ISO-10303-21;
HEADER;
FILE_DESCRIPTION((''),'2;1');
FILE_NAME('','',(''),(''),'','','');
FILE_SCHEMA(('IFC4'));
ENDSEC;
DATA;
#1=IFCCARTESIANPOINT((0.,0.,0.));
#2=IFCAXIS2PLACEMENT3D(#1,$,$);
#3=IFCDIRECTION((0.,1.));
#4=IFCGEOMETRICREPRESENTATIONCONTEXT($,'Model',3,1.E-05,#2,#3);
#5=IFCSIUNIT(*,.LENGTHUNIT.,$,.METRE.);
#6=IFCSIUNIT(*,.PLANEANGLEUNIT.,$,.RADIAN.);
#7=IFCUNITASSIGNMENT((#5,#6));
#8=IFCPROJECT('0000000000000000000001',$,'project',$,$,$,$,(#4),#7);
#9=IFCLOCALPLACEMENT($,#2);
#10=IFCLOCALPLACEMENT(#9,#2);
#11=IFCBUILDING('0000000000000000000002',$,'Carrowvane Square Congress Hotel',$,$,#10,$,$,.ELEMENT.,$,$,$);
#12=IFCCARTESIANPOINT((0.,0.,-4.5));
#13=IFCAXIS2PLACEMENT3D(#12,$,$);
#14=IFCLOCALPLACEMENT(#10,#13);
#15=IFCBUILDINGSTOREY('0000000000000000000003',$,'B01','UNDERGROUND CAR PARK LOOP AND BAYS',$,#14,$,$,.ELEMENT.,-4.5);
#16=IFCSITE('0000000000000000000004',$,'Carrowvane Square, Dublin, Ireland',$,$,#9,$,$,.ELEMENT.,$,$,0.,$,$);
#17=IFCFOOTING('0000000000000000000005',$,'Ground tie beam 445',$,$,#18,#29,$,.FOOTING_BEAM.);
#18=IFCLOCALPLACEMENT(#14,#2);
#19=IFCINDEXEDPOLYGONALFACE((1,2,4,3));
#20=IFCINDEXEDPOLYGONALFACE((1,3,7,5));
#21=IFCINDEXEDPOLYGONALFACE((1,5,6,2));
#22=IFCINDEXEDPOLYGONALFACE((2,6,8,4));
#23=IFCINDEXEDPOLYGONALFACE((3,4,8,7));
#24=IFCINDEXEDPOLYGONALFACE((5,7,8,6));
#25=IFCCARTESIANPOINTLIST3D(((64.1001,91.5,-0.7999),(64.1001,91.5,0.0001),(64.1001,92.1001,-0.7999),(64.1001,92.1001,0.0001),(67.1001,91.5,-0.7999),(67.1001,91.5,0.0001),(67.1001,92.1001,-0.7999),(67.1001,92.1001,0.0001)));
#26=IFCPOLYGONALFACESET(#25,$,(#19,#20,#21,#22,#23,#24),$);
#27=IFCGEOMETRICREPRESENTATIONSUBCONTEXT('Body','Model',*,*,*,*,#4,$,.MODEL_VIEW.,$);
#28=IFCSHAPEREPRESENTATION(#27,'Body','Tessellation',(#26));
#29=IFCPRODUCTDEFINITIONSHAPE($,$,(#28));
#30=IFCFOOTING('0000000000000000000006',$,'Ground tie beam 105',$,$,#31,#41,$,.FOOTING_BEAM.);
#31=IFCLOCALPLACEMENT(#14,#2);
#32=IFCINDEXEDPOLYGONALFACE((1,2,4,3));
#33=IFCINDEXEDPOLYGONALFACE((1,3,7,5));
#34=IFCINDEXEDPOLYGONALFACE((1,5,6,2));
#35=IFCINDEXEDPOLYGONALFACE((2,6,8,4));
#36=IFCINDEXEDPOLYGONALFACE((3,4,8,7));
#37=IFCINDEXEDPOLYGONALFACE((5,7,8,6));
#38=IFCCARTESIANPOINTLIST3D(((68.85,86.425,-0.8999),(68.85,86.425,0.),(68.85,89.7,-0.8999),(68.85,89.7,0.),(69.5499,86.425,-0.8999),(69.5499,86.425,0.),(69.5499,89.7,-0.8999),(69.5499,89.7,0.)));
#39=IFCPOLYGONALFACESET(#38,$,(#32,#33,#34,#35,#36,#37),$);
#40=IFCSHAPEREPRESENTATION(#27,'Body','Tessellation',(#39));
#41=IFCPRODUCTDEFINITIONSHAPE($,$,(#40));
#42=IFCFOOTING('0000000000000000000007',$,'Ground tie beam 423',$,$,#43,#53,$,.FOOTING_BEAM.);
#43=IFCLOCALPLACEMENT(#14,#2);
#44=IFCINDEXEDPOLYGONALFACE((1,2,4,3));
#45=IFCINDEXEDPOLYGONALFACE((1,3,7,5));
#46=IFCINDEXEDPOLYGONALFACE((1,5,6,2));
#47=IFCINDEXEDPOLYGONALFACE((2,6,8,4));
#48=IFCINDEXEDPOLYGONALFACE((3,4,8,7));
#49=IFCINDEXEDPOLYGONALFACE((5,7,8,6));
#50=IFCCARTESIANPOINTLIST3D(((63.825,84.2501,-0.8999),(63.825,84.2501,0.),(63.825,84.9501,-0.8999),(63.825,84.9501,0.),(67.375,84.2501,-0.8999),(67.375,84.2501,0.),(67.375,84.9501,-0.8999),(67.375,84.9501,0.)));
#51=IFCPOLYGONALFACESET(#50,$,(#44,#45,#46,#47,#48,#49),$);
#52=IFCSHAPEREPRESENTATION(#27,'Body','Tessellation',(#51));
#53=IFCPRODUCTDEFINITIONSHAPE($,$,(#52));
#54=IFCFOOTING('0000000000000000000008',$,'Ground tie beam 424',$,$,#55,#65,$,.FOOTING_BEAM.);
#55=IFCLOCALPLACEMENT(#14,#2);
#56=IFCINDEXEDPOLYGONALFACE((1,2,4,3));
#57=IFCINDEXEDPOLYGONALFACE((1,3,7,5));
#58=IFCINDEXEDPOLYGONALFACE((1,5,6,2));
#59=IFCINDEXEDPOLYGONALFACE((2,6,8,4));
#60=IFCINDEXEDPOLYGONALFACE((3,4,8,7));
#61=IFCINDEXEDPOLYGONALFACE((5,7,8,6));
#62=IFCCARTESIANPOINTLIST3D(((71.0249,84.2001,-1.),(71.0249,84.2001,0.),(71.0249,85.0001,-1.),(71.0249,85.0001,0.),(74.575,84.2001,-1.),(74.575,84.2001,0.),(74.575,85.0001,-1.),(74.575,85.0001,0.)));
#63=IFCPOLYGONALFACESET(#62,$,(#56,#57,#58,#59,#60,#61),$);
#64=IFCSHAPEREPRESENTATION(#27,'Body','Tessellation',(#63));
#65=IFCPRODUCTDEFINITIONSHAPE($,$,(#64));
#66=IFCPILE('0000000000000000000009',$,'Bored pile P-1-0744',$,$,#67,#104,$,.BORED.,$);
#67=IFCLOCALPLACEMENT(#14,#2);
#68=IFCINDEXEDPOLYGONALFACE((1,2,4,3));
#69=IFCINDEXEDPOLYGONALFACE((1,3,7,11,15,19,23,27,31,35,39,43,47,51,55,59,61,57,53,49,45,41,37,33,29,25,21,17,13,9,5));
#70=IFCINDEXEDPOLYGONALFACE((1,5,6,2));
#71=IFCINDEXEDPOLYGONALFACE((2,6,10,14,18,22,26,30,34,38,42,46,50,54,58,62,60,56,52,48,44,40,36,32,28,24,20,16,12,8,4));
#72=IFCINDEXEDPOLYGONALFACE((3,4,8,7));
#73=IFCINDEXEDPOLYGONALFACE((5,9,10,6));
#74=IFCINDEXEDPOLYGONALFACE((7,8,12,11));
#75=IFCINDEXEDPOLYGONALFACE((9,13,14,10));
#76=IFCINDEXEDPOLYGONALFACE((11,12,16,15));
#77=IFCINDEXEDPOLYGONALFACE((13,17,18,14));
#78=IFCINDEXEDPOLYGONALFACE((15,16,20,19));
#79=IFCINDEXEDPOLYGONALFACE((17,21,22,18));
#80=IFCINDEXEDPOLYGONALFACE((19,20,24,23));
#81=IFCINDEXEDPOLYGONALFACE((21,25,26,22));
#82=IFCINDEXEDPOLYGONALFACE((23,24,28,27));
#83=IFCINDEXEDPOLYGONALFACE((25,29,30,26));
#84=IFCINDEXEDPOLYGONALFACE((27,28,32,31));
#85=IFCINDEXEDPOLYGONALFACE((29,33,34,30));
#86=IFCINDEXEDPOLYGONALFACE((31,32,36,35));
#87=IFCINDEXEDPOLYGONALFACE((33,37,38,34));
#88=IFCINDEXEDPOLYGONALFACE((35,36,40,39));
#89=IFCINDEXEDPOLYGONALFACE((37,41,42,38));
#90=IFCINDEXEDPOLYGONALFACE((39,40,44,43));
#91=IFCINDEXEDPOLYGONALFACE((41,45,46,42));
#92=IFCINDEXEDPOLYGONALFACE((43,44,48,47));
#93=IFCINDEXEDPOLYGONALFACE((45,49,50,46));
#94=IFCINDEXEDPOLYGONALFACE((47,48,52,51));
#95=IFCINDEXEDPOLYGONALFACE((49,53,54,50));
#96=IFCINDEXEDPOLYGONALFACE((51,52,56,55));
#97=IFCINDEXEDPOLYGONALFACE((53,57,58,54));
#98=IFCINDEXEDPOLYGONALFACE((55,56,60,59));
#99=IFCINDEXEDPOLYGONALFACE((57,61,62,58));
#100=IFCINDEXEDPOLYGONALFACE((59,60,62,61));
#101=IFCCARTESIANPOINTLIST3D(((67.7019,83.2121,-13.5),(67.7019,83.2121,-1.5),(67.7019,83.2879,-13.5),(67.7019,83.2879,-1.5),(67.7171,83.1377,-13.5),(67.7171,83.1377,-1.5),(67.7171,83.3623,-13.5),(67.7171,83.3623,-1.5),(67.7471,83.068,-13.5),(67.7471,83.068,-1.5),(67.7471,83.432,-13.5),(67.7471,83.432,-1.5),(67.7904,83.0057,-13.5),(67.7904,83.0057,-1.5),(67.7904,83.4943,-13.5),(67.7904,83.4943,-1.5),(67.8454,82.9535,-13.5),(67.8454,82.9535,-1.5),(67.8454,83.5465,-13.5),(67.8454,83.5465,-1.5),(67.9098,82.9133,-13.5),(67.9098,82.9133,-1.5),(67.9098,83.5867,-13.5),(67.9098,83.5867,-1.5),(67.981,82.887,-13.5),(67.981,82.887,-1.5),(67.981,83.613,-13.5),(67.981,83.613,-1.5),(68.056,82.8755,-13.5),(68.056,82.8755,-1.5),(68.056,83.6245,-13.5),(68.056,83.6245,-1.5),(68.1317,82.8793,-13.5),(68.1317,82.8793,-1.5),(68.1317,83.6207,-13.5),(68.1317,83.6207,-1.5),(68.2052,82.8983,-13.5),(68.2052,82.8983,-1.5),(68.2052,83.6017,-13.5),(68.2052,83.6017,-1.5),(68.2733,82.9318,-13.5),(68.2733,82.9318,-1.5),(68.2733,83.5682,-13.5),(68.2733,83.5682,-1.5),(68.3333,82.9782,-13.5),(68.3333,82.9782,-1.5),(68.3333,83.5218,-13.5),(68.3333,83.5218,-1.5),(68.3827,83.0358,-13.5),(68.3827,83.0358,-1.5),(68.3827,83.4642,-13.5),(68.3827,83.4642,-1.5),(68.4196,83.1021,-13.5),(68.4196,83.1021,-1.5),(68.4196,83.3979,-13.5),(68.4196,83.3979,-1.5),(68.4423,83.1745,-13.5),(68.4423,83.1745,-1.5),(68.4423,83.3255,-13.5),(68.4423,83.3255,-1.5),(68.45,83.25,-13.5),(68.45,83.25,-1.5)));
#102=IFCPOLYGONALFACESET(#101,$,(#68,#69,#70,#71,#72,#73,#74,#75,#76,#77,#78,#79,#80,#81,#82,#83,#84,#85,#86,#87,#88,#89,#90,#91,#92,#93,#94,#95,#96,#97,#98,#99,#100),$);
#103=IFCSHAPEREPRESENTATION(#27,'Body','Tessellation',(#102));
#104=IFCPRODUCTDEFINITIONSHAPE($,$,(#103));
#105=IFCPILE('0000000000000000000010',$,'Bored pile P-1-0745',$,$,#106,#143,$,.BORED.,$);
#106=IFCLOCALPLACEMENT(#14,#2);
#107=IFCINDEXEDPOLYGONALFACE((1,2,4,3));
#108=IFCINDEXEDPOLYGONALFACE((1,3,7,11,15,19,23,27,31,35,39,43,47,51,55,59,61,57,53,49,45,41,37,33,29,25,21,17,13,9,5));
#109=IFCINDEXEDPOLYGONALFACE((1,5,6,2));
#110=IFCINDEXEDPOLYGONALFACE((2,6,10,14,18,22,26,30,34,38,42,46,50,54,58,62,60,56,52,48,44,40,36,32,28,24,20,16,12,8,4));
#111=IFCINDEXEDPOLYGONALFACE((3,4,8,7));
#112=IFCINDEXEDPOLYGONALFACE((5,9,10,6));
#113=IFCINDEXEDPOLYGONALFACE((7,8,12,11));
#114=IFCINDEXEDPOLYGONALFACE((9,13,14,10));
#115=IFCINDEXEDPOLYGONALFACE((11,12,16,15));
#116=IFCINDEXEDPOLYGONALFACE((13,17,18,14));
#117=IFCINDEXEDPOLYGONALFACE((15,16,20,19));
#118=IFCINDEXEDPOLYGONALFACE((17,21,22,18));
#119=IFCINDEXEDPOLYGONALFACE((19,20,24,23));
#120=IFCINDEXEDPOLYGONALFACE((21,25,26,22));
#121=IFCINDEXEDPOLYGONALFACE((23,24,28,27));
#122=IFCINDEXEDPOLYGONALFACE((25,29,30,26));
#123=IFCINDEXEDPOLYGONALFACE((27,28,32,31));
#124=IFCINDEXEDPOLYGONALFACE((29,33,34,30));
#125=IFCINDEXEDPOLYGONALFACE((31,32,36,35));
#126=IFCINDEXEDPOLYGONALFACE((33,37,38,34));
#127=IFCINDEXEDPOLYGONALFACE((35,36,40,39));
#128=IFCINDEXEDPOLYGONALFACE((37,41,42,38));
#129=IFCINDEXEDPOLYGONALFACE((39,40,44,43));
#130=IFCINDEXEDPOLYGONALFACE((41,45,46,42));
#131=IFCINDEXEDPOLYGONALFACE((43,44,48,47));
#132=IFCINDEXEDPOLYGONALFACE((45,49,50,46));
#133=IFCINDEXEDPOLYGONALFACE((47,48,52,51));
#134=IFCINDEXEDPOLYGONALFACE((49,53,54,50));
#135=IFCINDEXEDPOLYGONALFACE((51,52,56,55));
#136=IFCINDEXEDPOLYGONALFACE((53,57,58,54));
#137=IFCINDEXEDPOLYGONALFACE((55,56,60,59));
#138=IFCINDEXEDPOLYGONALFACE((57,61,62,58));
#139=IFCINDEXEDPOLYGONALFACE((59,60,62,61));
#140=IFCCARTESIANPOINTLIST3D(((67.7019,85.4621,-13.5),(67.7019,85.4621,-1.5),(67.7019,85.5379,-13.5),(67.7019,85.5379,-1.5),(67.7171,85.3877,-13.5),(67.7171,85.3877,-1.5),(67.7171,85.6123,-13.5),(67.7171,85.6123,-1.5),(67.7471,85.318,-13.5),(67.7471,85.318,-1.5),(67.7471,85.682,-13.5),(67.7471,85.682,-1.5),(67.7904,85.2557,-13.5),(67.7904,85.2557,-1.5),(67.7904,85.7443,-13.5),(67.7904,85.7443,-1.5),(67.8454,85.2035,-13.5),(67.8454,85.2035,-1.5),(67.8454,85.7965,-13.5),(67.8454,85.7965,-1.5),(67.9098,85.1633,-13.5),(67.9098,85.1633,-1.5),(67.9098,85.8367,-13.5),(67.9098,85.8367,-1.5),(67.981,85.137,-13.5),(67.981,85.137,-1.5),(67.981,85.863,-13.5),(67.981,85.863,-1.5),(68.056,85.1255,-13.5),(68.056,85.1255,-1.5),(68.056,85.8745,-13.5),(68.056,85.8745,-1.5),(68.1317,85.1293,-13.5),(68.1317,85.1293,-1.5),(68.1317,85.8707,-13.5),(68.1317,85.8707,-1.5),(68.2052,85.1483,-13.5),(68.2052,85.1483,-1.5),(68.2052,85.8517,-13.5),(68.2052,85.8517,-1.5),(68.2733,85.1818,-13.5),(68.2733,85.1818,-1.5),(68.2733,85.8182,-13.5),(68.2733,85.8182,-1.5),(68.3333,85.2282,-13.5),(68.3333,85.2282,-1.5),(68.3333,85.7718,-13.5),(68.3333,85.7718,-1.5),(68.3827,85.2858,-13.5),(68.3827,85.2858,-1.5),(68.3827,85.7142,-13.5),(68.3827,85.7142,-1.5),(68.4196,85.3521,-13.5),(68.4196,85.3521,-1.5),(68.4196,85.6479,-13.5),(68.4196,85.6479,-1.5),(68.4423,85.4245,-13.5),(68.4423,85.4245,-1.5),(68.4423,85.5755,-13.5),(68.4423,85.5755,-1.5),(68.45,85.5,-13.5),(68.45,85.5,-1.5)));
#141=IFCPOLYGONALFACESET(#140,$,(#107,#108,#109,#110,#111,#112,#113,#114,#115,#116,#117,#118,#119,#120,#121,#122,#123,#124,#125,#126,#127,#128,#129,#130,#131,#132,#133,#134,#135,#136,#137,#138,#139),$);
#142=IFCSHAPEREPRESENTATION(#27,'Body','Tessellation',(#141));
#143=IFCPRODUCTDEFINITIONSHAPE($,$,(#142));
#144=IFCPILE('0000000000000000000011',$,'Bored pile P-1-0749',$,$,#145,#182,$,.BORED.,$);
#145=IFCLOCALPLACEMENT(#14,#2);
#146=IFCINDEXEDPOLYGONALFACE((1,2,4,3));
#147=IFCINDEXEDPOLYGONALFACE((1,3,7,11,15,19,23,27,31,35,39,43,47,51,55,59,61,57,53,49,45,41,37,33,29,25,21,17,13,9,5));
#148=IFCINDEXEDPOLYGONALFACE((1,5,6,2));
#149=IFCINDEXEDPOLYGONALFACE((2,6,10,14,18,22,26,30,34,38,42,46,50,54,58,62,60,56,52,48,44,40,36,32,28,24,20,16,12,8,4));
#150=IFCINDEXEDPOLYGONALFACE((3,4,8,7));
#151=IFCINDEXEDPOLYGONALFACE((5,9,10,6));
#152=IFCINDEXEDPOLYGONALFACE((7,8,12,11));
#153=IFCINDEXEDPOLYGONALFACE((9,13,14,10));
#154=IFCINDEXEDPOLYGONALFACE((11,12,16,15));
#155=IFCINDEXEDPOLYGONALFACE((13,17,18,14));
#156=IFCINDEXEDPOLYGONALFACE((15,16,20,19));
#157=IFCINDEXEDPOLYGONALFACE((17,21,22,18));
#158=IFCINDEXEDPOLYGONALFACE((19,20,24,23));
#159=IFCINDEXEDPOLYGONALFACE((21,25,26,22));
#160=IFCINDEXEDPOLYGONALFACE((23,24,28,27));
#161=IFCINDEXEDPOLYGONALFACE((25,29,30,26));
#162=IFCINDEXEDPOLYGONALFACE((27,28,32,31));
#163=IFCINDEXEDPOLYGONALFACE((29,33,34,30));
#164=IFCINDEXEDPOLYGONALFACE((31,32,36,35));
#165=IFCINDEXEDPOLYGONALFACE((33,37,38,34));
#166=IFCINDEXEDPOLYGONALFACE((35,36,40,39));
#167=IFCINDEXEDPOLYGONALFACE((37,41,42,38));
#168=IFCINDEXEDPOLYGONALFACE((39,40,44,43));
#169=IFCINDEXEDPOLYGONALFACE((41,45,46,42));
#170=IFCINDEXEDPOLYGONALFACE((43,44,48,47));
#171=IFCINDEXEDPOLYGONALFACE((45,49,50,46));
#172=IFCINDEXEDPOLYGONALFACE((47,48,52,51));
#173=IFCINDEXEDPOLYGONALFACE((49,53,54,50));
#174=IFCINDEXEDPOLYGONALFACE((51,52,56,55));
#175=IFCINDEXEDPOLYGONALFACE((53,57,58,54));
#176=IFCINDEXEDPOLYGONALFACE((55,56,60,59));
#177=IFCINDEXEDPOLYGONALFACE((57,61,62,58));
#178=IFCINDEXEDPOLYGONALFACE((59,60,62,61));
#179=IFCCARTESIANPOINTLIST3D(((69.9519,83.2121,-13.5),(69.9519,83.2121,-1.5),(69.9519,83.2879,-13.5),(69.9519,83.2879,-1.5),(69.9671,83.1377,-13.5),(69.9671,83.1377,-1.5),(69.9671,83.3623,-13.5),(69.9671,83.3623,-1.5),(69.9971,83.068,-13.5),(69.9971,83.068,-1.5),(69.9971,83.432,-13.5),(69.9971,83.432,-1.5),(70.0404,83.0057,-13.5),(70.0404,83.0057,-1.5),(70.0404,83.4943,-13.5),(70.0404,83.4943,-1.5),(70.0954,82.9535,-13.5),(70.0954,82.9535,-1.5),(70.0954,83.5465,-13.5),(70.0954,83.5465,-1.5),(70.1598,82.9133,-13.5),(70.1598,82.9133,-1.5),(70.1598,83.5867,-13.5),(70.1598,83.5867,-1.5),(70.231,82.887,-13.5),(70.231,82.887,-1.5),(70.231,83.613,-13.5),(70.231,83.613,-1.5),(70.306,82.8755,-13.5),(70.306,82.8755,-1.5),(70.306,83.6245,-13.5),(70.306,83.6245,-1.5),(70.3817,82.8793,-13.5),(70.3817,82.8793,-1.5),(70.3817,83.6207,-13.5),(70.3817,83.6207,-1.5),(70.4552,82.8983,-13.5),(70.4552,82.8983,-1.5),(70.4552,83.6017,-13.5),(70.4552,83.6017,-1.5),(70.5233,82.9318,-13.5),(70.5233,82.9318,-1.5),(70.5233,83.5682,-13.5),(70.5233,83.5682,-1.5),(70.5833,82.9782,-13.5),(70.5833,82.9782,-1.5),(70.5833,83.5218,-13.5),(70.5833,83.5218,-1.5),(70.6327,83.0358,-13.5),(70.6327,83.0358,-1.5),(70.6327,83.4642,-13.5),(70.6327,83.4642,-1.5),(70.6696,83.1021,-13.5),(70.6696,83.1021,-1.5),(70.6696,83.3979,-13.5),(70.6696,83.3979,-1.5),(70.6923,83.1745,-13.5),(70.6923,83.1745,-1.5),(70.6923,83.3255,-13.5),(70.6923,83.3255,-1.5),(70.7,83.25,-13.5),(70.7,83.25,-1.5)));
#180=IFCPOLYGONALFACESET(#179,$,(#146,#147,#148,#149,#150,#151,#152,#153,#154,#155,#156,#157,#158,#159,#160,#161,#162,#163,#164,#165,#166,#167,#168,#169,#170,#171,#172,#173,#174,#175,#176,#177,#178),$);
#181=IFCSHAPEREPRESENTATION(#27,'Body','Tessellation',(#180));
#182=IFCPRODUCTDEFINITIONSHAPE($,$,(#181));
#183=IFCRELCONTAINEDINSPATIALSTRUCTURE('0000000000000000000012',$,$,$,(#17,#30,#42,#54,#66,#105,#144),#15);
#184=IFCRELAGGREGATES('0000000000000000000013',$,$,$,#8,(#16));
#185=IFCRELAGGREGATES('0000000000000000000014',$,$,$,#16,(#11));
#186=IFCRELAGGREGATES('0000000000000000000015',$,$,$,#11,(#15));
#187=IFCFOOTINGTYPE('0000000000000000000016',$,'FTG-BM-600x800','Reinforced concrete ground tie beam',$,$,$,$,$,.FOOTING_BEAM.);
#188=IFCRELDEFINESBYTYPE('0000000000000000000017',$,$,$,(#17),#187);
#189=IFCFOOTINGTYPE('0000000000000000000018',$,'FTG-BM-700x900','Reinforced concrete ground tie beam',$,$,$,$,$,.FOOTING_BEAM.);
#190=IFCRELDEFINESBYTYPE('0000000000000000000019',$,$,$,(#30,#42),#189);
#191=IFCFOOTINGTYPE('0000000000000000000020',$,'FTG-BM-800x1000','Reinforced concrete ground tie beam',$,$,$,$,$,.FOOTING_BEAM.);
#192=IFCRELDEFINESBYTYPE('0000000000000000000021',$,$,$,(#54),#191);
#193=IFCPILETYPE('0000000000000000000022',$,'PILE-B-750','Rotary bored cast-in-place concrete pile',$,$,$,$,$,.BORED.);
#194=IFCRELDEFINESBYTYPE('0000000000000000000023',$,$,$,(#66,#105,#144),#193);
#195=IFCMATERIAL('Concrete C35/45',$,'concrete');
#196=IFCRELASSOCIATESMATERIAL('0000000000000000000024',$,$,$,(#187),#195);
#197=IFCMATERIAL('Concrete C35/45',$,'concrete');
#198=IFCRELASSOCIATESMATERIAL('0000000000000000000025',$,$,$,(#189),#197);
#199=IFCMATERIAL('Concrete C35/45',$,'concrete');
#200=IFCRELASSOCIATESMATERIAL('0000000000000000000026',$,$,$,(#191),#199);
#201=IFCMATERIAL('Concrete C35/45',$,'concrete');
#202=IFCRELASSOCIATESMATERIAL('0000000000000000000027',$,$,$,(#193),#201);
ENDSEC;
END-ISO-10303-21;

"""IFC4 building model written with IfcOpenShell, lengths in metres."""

from ifc_helpers import new_model, si_unit, direction, frame, origin, origin_2d, place, context, subcontext, project, spatial, rectangle, circle, extrude, material, material_profile, profile_set, type_object, element, save


model = new_model("IFC4")

# Units and contexts
model_context = context("Model", 3, precision=1e-05, world=origin(), true_north=direction((0.0, 1.0)))
body_context = subcontext(model_context, "Body", "Model", "MODEL_VIEW")
ifc_project = project(units=[si_unit("LENGTHUNIT", "METRE"), si_unit("PLANEANGLEUNIT", "RADIAN")], contexts=[model_context])

# Site, building, storey
site_placement = place(None, origin())
site = spatial("IfcSite", under=ifc_project, at=site_placement, Name="Carrowvane Square, Dublin, Ireland", CompositionType="ELEMENT", RefElevation=0.0)
building_placement = place(site_placement, origin())
building = spatial("IfcBuilding", under=site, at=building_placement, Name="Carrowvane Square Congress Hotel", CompositionType="ELEMENT")
storey_placement = place(building_placement, frame((0.0, 0.0, -4.5)))
storey = spatial("IfcBuildingStorey", under=building, at=storey_placement, Name="B01", Description="UNDERGROUND CAR PARK LOOP AND BAYS", CompositionType="ELEMENT", Elevation=-4.5)

# Footings
ifc_material_1 = material(Name="Concrete C35/45", Category="concrete")
ifc_material_profile_1 = material_profile(ifc_material_1, rectangle(XDim=0.6001, YDim=0.8, at=origin_2d()), Name="RC 600x800")
ifc_profile_set_1 = profile_set([ifc_material_profile_1], Name="Concrete C35/45")
footing_type_1 = type_object("IfcFootingType", Name="FTG-BM-600x800", Description="Reinforced concrete ground tie beam", PredefinedType="FOOTING_BEAM", material=ifc_profile_set_1)
footing_1_placement = place(storey_placement, frame((64.1001, 91.8, -0.3999), z_axis=(1.0, 0.0, 0.0), x_axis=(0.0, 1.0, 0.0)))
element("IfcFooting", 1, at=footing_1_placement, inside=storey, type_object=footing_type_1, Name="Ground tie beam 445", PredefinedType="FOOTING_BEAM", context=body_context, shape_type="SweptSolid", body=[
    extrude(rectangle(XDim=0.6001, YDim=0.8, at=origin_2d()), origin(), (0.0, 0.0, 1.0), 3.0),
])
ifc_material_2 = material(Name="Concrete C35/45", Category="concrete")
ifc_material_profile_2 = material_profile(ifc_material_2, rectangle(XDim=0.7, YDim=0.8999, at=origin_2d()), Name="RC 700x900")
ifc_profile_set_2 = profile_set([ifc_material_profile_2], Name="Concrete C35/45")
footing_type_2 = type_object("IfcFootingType", Name="FTG-BM-700x900", Description="Reinforced concrete ground tie beam", PredefinedType="FOOTING_BEAM", material=ifc_profile_set_2)
footing_2_placement = place(storey_placement, frame((69.2, 86.425, -0.45), z_axis=(0.0, 1.0, 0.0), x_axis=(-1.0, 0.0, 0.0)))
element("IfcFooting", 2, at=footing_2_placement, inside=storey, type_object=footing_type_2, Name="Ground tie beam 105", PredefinedType="FOOTING_BEAM", context=body_context, shape_type="SweptSolid", body=[
    extrude(rectangle(XDim=0.7, YDim=0.8999, at=origin_2d()), origin(), (0.0, 0.0, 1.0), 3.2749),
])
footing_3_placement = place(storey_placement, frame((63.825, 84.6001, -0.45), z_axis=(1.0, 0.0, 0.0), x_axis=(0.0, 1.0, 0.0)))
element("IfcFooting", 3, at=footing_3_placement, inside=storey, type_object=footing_type_2, Name="Ground tie beam 423", PredefinedType="FOOTING_BEAM", context=body_context, shape_type="SweptSolid", body=[
    extrude(rectangle(XDim=0.7, YDim=0.8999, at=origin_2d()), origin(), (0.0, 0.0, 1.0), 3.55),
])
ifc_material_3 = material(Name="Concrete C35/45", Category="concrete")
ifc_material_profile_3 = material_profile(ifc_material_3, rectangle(XDim=0.8, YDim=1.0, at=origin_2d()), Name="RC 800x1000")
ifc_profile_set_3 = profile_set([ifc_material_profile_3], Name="Concrete C35/45")
footing_type_3 = type_object("IfcFootingType", Name="FTG-BM-800x1000", Description="Reinforced concrete ground tie beam", PredefinedType="FOOTING_BEAM", material=ifc_profile_set_3)
footing_4_placement = place(storey_placement, frame((71.0249, 84.6001, -0.5), z_axis=(1.0, 0.0, 0.0), x_axis=(0.0, 1.0, 0.0)))
element("IfcFooting", 4, at=footing_4_placement, inside=storey, type_object=footing_type_3, Name="Ground tie beam 424", PredefinedType="FOOTING_BEAM", context=body_context, shape_type="SweptSolid", body=[
    extrude(rectangle(XDim=0.8, YDim=1.0, at=origin_2d()), origin(), (0.0, 0.0, 1.0), 3.55),
])

# Piles
ifc_material_4 = material(Name="Concrete C35/45", Category="concrete")
ifc_material_profile_4 = material_profile(ifc_material_4, circle(Radius=0.375, at=origin_2d()), Name="PILE D750")
ifc_profile_set_4 = profile_set([ifc_material_profile_4], Name="Concrete C35/45")
pile_type_1 = type_object("IfcPileType", Name="PILE-B-750", Description="Rotary bored cast-in-place concrete pile", PredefinedType="BORED", material=ifc_profile_set_4)
for number, where, z_axis, x_axis, name in (
    (5, (68.075, 83.25, -1.5), (0.0, 0.0, -1.0), (1.0, 0.0, 0.0), "Bored pile P-1-0744"),
    (6, (68.075, 85.5, -1.5), (0.0, 0.0, -1.0), (1.0, 0.0, 0.0), "Bored pile P-1-0745"),
    (7, (70.325, 83.25, -1.5), (0.0, 0.0, -1.0), (1.0, 0.0, 0.0), "Bored pile P-1-0749"),
):
    element("IfcPile", number, at=place(storey_placement, frame(where, z_axis=z_axis, x_axis=x_axis)), inside=storey, type_object=pile_type_1, Name=name, PredefinedType="BORED", context=body_context, shape_type="SweptSolid", body=[
        extrude(circle(Radius=0.375, at=origin_2d()), origin(), (0.0, 0.0, 1.0), 12.0),
    ])

save(model, "model.ifc")
